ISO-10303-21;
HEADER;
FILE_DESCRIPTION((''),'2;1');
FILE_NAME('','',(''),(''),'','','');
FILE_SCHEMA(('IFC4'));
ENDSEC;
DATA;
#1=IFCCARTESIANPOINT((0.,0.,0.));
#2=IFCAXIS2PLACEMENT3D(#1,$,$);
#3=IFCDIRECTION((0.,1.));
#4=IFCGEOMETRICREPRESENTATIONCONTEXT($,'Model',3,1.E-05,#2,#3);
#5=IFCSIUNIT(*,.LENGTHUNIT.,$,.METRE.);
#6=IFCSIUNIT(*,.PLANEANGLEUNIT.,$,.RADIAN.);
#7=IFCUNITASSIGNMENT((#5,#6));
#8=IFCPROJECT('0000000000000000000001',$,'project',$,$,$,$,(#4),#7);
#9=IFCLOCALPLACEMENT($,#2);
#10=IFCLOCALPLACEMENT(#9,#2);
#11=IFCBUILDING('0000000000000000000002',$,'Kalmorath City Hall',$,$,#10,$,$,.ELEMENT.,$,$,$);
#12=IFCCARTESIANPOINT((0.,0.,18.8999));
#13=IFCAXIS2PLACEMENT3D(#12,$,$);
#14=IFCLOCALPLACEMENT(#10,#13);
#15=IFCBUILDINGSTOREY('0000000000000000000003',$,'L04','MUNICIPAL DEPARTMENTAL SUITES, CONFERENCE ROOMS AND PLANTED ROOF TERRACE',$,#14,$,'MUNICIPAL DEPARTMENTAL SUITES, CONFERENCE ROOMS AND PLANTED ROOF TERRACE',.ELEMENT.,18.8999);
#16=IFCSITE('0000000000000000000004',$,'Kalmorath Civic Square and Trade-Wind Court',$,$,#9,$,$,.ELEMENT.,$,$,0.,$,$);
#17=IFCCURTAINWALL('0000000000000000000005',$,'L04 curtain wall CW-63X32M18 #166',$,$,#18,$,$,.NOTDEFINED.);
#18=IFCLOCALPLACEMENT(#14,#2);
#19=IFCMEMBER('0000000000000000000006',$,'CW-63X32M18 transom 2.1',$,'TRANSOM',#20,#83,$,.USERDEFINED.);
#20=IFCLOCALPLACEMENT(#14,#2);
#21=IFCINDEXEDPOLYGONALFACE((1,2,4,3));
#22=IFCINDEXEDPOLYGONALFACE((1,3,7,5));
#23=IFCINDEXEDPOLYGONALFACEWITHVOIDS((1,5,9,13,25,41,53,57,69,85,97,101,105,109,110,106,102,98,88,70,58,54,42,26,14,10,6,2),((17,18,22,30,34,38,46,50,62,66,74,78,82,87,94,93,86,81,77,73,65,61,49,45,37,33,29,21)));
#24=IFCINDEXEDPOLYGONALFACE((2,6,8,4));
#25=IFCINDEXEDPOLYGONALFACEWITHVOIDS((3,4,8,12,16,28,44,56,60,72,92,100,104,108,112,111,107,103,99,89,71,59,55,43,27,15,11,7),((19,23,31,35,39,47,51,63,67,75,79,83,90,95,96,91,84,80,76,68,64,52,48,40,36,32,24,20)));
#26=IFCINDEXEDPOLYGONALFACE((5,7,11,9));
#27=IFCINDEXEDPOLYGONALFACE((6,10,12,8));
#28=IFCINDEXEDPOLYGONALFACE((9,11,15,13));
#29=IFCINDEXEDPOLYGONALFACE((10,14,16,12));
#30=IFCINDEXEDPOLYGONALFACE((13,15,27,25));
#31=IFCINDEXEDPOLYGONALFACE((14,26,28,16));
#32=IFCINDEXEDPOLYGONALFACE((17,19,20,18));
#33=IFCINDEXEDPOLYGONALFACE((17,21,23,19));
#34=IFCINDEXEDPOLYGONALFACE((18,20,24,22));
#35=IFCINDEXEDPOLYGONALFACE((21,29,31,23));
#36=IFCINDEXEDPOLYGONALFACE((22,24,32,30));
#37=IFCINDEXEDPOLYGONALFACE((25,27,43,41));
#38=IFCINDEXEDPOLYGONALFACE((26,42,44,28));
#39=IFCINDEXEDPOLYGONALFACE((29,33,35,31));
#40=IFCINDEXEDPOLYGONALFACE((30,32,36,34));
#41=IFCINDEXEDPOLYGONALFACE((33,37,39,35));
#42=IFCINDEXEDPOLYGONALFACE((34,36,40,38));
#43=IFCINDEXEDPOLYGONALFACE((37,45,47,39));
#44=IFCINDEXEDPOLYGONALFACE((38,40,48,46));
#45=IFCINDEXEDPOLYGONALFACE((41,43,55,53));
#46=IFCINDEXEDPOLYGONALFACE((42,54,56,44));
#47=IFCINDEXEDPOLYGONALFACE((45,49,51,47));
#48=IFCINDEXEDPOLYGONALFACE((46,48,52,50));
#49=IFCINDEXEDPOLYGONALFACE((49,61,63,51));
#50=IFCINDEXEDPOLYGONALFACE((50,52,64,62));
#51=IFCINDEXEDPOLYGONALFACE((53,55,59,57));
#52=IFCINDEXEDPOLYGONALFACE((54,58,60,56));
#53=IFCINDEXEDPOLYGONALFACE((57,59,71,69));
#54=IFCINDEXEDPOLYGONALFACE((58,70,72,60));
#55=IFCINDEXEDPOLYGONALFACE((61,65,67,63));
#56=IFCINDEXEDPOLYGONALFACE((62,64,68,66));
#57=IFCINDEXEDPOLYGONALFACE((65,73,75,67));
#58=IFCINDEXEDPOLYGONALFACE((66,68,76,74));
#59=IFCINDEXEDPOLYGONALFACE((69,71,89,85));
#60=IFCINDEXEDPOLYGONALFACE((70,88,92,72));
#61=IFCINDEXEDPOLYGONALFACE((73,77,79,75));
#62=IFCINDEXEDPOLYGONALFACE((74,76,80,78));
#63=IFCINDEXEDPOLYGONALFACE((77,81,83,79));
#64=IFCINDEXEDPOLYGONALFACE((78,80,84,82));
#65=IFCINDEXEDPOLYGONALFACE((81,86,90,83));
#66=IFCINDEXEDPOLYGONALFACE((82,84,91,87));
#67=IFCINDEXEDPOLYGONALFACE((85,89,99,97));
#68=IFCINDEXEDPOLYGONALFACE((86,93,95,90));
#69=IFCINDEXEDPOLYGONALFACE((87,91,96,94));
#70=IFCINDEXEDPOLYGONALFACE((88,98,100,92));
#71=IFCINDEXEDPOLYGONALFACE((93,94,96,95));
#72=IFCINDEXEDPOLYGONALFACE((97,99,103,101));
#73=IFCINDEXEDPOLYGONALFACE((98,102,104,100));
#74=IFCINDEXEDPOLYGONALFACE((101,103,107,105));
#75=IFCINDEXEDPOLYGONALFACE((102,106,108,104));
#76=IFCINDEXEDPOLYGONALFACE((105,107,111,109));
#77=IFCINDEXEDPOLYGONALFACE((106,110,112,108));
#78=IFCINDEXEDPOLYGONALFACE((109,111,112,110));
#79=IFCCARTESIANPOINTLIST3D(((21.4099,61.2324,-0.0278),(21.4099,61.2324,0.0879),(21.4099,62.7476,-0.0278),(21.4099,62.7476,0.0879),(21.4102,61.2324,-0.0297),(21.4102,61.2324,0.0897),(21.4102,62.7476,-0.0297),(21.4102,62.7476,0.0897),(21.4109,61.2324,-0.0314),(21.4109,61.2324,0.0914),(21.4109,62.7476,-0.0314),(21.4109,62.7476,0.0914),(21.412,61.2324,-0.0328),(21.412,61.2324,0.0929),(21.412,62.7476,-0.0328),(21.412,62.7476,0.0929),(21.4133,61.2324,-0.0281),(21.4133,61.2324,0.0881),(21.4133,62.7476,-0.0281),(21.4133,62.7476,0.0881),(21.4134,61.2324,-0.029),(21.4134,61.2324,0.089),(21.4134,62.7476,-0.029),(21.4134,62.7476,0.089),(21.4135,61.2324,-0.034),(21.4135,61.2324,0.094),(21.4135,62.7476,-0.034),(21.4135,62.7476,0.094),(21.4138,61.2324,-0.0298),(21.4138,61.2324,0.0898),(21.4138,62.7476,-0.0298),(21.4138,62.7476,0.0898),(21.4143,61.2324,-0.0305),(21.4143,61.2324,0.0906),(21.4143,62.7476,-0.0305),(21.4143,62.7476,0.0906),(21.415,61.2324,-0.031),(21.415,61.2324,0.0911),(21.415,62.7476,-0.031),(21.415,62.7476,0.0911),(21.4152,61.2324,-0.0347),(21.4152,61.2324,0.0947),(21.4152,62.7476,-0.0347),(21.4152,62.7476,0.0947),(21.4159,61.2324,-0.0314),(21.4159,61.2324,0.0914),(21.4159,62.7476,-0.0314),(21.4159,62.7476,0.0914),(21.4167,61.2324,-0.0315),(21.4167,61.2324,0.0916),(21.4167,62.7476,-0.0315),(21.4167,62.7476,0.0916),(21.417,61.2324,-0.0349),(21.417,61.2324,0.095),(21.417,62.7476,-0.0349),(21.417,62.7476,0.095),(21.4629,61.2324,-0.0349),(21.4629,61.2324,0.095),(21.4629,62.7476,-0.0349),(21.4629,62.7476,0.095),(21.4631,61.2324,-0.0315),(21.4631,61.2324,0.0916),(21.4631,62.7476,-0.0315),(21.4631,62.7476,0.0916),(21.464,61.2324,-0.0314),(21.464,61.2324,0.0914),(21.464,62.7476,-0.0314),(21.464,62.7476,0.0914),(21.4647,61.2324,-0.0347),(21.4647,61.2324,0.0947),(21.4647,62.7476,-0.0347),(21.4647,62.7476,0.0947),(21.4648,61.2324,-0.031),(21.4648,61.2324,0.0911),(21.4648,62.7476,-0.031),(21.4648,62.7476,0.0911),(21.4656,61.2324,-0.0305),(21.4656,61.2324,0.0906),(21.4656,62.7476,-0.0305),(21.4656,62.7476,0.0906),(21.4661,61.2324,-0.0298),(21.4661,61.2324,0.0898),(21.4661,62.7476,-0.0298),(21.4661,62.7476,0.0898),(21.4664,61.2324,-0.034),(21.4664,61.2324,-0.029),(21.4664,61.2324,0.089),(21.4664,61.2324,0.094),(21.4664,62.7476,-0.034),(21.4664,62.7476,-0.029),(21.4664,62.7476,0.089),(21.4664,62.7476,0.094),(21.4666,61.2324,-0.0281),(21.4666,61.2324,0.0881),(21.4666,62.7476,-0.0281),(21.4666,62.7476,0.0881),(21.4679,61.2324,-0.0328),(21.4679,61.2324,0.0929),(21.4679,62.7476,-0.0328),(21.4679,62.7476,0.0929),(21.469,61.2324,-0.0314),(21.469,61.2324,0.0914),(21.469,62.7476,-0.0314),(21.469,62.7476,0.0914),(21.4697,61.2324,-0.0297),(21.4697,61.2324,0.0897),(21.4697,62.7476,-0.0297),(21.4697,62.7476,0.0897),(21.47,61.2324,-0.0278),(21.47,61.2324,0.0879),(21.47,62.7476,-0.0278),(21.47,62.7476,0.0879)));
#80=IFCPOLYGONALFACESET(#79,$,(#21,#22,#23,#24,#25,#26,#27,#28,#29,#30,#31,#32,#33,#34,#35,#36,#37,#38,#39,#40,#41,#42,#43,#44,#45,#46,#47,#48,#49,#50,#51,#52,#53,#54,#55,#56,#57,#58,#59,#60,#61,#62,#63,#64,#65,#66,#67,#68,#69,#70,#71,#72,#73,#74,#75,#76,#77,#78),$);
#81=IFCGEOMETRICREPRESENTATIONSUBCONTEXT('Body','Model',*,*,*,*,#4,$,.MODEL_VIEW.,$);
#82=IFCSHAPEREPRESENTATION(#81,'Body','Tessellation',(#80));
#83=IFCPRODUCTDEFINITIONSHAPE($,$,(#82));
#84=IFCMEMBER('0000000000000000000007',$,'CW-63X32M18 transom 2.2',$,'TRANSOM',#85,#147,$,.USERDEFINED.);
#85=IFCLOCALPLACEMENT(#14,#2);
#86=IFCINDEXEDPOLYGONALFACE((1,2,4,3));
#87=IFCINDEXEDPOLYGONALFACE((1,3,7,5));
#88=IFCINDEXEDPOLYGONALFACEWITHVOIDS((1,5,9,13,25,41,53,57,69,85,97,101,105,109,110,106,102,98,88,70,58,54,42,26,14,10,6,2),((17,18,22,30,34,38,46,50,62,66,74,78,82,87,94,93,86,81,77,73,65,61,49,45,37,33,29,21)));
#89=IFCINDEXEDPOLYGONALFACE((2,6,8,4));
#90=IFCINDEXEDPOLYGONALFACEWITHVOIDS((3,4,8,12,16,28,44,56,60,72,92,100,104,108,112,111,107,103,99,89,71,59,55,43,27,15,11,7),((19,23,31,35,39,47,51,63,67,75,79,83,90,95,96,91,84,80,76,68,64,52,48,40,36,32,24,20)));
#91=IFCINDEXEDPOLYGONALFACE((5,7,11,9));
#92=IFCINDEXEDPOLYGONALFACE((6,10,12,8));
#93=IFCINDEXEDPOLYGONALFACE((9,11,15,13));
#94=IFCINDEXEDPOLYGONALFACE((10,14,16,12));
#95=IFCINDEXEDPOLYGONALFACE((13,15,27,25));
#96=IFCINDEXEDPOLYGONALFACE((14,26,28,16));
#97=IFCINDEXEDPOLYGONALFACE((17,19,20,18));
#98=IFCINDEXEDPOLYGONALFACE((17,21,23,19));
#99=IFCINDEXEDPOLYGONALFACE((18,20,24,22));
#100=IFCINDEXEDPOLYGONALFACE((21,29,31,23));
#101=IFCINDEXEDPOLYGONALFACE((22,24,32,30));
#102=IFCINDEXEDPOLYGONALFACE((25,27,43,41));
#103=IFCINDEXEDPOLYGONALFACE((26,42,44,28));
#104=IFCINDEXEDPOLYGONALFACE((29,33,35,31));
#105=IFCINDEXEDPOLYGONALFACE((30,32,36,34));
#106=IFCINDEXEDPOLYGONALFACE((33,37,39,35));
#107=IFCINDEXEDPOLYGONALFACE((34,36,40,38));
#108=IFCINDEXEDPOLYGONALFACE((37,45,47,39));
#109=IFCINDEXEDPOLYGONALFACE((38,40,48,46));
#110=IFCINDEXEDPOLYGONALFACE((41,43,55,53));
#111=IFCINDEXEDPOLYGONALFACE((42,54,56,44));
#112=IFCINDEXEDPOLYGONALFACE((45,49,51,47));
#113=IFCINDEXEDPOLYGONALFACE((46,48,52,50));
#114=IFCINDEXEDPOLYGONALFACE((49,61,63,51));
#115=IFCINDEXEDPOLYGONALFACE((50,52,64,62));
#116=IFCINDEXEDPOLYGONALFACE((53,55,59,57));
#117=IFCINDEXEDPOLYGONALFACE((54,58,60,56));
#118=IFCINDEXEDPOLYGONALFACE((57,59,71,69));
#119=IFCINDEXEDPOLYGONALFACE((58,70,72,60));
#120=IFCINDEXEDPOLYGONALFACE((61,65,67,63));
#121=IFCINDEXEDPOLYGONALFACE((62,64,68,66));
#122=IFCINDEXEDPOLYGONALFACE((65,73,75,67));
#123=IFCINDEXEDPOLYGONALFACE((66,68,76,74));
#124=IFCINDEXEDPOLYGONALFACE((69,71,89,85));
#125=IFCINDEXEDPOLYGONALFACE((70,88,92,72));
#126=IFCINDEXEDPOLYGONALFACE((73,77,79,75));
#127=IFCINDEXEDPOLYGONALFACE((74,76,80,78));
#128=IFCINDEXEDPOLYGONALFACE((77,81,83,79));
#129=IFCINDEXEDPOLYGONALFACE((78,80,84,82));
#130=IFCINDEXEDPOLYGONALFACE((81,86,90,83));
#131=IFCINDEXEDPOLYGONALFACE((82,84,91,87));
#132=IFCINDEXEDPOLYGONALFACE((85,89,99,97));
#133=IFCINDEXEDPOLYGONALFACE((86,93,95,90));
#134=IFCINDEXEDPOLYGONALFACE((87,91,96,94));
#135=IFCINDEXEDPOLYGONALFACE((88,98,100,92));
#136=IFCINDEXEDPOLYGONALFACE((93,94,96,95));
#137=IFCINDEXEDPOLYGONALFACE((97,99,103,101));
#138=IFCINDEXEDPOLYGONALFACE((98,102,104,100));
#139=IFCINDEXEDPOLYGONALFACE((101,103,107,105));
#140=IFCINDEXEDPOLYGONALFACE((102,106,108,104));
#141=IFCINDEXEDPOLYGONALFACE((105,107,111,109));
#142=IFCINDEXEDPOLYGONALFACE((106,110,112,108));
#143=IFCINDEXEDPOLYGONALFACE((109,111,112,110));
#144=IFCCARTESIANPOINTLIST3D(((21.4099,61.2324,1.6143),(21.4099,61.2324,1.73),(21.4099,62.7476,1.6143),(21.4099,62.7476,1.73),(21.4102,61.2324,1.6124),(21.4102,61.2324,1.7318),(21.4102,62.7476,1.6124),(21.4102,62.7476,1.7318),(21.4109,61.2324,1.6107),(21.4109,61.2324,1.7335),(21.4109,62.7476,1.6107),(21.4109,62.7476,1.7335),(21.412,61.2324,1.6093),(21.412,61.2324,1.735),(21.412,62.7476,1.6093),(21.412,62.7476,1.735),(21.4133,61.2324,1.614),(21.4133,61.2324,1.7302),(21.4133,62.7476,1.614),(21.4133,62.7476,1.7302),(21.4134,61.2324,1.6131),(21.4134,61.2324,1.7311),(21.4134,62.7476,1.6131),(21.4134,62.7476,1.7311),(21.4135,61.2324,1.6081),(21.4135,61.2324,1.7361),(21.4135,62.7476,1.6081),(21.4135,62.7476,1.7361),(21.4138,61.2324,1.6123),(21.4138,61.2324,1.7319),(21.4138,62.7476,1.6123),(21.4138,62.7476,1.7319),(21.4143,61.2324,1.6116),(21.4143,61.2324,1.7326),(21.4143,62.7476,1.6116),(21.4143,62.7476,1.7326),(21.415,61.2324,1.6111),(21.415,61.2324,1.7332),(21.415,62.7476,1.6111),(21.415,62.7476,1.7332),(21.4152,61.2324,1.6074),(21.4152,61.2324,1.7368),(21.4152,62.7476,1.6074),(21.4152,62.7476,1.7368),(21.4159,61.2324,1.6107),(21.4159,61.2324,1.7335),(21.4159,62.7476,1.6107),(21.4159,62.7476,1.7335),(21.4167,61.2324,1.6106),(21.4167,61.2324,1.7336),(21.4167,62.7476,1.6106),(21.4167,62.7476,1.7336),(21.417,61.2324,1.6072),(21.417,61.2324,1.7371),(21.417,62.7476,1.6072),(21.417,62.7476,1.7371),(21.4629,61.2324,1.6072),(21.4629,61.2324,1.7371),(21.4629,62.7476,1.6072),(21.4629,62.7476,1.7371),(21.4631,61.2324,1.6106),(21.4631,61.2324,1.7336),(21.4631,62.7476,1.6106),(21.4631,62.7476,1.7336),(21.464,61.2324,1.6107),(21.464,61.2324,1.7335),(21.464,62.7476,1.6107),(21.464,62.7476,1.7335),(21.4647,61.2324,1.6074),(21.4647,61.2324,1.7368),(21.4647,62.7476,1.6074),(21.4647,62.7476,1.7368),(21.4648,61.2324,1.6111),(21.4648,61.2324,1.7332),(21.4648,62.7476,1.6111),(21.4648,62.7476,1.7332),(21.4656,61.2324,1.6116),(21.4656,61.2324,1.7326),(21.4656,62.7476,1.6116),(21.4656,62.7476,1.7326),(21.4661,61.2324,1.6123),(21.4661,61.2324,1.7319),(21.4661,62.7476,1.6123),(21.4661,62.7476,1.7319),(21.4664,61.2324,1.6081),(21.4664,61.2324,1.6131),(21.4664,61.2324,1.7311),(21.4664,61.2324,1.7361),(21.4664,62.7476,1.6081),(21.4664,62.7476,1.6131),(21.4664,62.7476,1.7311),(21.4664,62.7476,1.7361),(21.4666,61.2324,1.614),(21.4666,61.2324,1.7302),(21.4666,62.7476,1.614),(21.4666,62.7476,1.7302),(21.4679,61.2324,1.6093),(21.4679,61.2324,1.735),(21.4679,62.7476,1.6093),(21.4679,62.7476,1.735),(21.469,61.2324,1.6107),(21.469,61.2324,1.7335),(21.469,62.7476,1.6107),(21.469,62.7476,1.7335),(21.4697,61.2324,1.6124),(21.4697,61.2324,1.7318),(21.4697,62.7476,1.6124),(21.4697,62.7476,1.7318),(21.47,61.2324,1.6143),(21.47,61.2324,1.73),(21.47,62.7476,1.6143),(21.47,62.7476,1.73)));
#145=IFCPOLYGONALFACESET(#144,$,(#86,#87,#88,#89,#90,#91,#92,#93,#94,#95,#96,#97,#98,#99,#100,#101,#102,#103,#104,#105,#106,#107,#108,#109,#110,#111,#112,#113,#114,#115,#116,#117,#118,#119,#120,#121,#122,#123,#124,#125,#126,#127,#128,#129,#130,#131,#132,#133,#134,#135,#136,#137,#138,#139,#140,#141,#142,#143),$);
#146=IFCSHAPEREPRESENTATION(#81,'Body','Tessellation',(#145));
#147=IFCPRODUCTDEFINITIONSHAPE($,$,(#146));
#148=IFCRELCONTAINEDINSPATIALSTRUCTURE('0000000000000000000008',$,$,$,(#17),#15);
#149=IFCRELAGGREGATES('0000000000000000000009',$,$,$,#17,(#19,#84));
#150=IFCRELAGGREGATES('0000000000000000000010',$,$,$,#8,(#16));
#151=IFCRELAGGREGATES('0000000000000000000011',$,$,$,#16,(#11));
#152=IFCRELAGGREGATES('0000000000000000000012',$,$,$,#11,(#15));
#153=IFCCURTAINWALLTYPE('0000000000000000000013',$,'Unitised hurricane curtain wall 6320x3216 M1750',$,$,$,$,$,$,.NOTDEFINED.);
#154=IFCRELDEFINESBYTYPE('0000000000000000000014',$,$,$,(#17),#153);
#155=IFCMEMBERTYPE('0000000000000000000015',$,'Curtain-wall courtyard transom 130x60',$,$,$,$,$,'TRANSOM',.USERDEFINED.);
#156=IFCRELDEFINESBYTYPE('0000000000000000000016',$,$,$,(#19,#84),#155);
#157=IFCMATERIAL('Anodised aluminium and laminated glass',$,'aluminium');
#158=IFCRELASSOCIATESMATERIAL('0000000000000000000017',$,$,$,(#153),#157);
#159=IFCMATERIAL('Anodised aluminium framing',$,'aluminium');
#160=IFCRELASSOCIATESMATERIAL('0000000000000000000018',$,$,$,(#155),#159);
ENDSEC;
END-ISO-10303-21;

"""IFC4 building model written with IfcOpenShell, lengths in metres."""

from ifc_helpers import new_model, si_unit, direction, frame, origin, origin_2d, place, context, subcontext, project, spatial, hollow_rectangle, extrude, material, material_profile, profile_set, type_object, element, aggregate, save


model = new_model("IFC4")

# Units and contexts
model_context = context("Model", 3, precision=1e-05, world=origin(), true_north=direction((0.0, 1.0)))
body_context = subcontext(model_context, "Body", "Model", "MODEL_VIEW")
ifc_project = project(units=[si_unit("LENGTHUNIT", "METRE"), si_unit("PLANEANGLEUNIT", "RADIAN")], contexts=[model_context])

# Site, building, storey
site_placement = place(None, origin())
site = spatial("IfcSite", under=ifc_project, at=site_placement, Name="Kalmorath Civic Square and Trade-Wind Court", CompositionType="ELEMENT", RefElevation=0.0)
building_placement = place(site_placement, origin())
building = spatial("IfcBuilding", under=site, at=building_placement, Name="Kalmorath City Hall", CompositionType="ELEMENT")
storey_placement = place(building_placement, frame((0.0, 0.0, 18.8999)))
storey = spatial("IfcBuildingStorey", under=building, at=storey_placement, Name="L04", Description="MUNICIPAL DEPARTMENTAL SUITES, CONFERENCE ROOMS AND PLANTED ROOF TERRACE", LongName="MUNICIPAL DEPARTMENTAL SUITES, CONFERENCE ROOMS AND PLANTED ROOF TERRACE", CompositionType="ELEMENT", Elevation=18.8999)

# Curtain wall, members
ifc_material_1 = material(Name="Anodised aluminium and laminated glass", Category="aluminium")
curtain_wall_type = type_object("IfcCurtainWallType", Name="Unitised hurricane curtain wall 6320x3216 M1750", PredefinedType="NOTDEFINED", material=ifc_material_1)
curtain_wall_placement = place(storey_placement, origin())
curtain_wall = element("IfcCurtainWall", 1, at=curtain_wall_placement, inside=storey, type_object=curtain_wall_type, Name="L04 curtain wall CW-63X32M18 #166", PredefinedType="NOTDEFINED")
ifc_material_2 = material(Name="Anodised aluminium framing", Category="aluminium")
ifc_material_profile_1 = material_profile(ifc_material_2, hollow_rectangle(XDim=0.0601, YDim=0.1299, WallThickness=0.0034, InnerFilletRadius=0.0034, OuterFilletRadius=0.0071, at=origin_2d()), Name="ALU-TRN-130X60X3.5")
ifc_profile_set_1 = profile_set([ifc_material_profile_1], Name="Anodised aluminium framing")
member_type = type_object("IfcMemberType", Name="Curtain-wall courtyard transom 130x60", ElementType="TRANSOM", PredefinedType="USERDEFINED", material=ifc_profile_set_1)
member_1_placement = place(storey_placement, frame((21.4399, 62.7476, 0.03), z_axis=(0.0, -1.0, 0.0), x_axis=(1.0, 0.0, 0.0)))
member_1 = element("IfcMember", 2, at=member_1_placement, type_object=member_type, Name="CW-63X32M18 transom 2.1", ObjectType="TRANSOM", PredefinedType="USERDEFINED", context=body_context, shape_type="SweptSolid", body=[
    extrude(hollow_rectangle(XDim=0.0601, YDim=0.1299, WallThickness=0.0034, InnerFilletRadius=0.0034, OuterFilletRadius=0.0071, at=origin_2d()), origin(), (0.0, 0.0, 1.0), 1.5151),
])
member_2_placement = place(storey_placement, frame((21.4399, 62.7476, 1.6721), z_axis=(0.0, -1.0, 0.0), x_axis=(1.0, 0.0, 0.0)))
member_2 = element("IfcMember", 3, at=member_2_placement, type_object=member_type, Name="CW-63X32M18 transom 2.2", ObjectType="TRANSOM", PredefinedType="USERDEFINED", context=body_context, shape_type="SweptSolid", body=[
    extrude(hollow_rectangle(XDim=0.0601, YDim=0.1299, WallThickness=0.0034, InnerFilletRadius=0.0034, OuterFilletRadius=0.0071, at=origin_2d()), origin(), (0.0, 0.0, 1.0), 1.5151),
])

aggregate(curtain_wall, [member_1, member_2])

save(model, "model.ifc")
